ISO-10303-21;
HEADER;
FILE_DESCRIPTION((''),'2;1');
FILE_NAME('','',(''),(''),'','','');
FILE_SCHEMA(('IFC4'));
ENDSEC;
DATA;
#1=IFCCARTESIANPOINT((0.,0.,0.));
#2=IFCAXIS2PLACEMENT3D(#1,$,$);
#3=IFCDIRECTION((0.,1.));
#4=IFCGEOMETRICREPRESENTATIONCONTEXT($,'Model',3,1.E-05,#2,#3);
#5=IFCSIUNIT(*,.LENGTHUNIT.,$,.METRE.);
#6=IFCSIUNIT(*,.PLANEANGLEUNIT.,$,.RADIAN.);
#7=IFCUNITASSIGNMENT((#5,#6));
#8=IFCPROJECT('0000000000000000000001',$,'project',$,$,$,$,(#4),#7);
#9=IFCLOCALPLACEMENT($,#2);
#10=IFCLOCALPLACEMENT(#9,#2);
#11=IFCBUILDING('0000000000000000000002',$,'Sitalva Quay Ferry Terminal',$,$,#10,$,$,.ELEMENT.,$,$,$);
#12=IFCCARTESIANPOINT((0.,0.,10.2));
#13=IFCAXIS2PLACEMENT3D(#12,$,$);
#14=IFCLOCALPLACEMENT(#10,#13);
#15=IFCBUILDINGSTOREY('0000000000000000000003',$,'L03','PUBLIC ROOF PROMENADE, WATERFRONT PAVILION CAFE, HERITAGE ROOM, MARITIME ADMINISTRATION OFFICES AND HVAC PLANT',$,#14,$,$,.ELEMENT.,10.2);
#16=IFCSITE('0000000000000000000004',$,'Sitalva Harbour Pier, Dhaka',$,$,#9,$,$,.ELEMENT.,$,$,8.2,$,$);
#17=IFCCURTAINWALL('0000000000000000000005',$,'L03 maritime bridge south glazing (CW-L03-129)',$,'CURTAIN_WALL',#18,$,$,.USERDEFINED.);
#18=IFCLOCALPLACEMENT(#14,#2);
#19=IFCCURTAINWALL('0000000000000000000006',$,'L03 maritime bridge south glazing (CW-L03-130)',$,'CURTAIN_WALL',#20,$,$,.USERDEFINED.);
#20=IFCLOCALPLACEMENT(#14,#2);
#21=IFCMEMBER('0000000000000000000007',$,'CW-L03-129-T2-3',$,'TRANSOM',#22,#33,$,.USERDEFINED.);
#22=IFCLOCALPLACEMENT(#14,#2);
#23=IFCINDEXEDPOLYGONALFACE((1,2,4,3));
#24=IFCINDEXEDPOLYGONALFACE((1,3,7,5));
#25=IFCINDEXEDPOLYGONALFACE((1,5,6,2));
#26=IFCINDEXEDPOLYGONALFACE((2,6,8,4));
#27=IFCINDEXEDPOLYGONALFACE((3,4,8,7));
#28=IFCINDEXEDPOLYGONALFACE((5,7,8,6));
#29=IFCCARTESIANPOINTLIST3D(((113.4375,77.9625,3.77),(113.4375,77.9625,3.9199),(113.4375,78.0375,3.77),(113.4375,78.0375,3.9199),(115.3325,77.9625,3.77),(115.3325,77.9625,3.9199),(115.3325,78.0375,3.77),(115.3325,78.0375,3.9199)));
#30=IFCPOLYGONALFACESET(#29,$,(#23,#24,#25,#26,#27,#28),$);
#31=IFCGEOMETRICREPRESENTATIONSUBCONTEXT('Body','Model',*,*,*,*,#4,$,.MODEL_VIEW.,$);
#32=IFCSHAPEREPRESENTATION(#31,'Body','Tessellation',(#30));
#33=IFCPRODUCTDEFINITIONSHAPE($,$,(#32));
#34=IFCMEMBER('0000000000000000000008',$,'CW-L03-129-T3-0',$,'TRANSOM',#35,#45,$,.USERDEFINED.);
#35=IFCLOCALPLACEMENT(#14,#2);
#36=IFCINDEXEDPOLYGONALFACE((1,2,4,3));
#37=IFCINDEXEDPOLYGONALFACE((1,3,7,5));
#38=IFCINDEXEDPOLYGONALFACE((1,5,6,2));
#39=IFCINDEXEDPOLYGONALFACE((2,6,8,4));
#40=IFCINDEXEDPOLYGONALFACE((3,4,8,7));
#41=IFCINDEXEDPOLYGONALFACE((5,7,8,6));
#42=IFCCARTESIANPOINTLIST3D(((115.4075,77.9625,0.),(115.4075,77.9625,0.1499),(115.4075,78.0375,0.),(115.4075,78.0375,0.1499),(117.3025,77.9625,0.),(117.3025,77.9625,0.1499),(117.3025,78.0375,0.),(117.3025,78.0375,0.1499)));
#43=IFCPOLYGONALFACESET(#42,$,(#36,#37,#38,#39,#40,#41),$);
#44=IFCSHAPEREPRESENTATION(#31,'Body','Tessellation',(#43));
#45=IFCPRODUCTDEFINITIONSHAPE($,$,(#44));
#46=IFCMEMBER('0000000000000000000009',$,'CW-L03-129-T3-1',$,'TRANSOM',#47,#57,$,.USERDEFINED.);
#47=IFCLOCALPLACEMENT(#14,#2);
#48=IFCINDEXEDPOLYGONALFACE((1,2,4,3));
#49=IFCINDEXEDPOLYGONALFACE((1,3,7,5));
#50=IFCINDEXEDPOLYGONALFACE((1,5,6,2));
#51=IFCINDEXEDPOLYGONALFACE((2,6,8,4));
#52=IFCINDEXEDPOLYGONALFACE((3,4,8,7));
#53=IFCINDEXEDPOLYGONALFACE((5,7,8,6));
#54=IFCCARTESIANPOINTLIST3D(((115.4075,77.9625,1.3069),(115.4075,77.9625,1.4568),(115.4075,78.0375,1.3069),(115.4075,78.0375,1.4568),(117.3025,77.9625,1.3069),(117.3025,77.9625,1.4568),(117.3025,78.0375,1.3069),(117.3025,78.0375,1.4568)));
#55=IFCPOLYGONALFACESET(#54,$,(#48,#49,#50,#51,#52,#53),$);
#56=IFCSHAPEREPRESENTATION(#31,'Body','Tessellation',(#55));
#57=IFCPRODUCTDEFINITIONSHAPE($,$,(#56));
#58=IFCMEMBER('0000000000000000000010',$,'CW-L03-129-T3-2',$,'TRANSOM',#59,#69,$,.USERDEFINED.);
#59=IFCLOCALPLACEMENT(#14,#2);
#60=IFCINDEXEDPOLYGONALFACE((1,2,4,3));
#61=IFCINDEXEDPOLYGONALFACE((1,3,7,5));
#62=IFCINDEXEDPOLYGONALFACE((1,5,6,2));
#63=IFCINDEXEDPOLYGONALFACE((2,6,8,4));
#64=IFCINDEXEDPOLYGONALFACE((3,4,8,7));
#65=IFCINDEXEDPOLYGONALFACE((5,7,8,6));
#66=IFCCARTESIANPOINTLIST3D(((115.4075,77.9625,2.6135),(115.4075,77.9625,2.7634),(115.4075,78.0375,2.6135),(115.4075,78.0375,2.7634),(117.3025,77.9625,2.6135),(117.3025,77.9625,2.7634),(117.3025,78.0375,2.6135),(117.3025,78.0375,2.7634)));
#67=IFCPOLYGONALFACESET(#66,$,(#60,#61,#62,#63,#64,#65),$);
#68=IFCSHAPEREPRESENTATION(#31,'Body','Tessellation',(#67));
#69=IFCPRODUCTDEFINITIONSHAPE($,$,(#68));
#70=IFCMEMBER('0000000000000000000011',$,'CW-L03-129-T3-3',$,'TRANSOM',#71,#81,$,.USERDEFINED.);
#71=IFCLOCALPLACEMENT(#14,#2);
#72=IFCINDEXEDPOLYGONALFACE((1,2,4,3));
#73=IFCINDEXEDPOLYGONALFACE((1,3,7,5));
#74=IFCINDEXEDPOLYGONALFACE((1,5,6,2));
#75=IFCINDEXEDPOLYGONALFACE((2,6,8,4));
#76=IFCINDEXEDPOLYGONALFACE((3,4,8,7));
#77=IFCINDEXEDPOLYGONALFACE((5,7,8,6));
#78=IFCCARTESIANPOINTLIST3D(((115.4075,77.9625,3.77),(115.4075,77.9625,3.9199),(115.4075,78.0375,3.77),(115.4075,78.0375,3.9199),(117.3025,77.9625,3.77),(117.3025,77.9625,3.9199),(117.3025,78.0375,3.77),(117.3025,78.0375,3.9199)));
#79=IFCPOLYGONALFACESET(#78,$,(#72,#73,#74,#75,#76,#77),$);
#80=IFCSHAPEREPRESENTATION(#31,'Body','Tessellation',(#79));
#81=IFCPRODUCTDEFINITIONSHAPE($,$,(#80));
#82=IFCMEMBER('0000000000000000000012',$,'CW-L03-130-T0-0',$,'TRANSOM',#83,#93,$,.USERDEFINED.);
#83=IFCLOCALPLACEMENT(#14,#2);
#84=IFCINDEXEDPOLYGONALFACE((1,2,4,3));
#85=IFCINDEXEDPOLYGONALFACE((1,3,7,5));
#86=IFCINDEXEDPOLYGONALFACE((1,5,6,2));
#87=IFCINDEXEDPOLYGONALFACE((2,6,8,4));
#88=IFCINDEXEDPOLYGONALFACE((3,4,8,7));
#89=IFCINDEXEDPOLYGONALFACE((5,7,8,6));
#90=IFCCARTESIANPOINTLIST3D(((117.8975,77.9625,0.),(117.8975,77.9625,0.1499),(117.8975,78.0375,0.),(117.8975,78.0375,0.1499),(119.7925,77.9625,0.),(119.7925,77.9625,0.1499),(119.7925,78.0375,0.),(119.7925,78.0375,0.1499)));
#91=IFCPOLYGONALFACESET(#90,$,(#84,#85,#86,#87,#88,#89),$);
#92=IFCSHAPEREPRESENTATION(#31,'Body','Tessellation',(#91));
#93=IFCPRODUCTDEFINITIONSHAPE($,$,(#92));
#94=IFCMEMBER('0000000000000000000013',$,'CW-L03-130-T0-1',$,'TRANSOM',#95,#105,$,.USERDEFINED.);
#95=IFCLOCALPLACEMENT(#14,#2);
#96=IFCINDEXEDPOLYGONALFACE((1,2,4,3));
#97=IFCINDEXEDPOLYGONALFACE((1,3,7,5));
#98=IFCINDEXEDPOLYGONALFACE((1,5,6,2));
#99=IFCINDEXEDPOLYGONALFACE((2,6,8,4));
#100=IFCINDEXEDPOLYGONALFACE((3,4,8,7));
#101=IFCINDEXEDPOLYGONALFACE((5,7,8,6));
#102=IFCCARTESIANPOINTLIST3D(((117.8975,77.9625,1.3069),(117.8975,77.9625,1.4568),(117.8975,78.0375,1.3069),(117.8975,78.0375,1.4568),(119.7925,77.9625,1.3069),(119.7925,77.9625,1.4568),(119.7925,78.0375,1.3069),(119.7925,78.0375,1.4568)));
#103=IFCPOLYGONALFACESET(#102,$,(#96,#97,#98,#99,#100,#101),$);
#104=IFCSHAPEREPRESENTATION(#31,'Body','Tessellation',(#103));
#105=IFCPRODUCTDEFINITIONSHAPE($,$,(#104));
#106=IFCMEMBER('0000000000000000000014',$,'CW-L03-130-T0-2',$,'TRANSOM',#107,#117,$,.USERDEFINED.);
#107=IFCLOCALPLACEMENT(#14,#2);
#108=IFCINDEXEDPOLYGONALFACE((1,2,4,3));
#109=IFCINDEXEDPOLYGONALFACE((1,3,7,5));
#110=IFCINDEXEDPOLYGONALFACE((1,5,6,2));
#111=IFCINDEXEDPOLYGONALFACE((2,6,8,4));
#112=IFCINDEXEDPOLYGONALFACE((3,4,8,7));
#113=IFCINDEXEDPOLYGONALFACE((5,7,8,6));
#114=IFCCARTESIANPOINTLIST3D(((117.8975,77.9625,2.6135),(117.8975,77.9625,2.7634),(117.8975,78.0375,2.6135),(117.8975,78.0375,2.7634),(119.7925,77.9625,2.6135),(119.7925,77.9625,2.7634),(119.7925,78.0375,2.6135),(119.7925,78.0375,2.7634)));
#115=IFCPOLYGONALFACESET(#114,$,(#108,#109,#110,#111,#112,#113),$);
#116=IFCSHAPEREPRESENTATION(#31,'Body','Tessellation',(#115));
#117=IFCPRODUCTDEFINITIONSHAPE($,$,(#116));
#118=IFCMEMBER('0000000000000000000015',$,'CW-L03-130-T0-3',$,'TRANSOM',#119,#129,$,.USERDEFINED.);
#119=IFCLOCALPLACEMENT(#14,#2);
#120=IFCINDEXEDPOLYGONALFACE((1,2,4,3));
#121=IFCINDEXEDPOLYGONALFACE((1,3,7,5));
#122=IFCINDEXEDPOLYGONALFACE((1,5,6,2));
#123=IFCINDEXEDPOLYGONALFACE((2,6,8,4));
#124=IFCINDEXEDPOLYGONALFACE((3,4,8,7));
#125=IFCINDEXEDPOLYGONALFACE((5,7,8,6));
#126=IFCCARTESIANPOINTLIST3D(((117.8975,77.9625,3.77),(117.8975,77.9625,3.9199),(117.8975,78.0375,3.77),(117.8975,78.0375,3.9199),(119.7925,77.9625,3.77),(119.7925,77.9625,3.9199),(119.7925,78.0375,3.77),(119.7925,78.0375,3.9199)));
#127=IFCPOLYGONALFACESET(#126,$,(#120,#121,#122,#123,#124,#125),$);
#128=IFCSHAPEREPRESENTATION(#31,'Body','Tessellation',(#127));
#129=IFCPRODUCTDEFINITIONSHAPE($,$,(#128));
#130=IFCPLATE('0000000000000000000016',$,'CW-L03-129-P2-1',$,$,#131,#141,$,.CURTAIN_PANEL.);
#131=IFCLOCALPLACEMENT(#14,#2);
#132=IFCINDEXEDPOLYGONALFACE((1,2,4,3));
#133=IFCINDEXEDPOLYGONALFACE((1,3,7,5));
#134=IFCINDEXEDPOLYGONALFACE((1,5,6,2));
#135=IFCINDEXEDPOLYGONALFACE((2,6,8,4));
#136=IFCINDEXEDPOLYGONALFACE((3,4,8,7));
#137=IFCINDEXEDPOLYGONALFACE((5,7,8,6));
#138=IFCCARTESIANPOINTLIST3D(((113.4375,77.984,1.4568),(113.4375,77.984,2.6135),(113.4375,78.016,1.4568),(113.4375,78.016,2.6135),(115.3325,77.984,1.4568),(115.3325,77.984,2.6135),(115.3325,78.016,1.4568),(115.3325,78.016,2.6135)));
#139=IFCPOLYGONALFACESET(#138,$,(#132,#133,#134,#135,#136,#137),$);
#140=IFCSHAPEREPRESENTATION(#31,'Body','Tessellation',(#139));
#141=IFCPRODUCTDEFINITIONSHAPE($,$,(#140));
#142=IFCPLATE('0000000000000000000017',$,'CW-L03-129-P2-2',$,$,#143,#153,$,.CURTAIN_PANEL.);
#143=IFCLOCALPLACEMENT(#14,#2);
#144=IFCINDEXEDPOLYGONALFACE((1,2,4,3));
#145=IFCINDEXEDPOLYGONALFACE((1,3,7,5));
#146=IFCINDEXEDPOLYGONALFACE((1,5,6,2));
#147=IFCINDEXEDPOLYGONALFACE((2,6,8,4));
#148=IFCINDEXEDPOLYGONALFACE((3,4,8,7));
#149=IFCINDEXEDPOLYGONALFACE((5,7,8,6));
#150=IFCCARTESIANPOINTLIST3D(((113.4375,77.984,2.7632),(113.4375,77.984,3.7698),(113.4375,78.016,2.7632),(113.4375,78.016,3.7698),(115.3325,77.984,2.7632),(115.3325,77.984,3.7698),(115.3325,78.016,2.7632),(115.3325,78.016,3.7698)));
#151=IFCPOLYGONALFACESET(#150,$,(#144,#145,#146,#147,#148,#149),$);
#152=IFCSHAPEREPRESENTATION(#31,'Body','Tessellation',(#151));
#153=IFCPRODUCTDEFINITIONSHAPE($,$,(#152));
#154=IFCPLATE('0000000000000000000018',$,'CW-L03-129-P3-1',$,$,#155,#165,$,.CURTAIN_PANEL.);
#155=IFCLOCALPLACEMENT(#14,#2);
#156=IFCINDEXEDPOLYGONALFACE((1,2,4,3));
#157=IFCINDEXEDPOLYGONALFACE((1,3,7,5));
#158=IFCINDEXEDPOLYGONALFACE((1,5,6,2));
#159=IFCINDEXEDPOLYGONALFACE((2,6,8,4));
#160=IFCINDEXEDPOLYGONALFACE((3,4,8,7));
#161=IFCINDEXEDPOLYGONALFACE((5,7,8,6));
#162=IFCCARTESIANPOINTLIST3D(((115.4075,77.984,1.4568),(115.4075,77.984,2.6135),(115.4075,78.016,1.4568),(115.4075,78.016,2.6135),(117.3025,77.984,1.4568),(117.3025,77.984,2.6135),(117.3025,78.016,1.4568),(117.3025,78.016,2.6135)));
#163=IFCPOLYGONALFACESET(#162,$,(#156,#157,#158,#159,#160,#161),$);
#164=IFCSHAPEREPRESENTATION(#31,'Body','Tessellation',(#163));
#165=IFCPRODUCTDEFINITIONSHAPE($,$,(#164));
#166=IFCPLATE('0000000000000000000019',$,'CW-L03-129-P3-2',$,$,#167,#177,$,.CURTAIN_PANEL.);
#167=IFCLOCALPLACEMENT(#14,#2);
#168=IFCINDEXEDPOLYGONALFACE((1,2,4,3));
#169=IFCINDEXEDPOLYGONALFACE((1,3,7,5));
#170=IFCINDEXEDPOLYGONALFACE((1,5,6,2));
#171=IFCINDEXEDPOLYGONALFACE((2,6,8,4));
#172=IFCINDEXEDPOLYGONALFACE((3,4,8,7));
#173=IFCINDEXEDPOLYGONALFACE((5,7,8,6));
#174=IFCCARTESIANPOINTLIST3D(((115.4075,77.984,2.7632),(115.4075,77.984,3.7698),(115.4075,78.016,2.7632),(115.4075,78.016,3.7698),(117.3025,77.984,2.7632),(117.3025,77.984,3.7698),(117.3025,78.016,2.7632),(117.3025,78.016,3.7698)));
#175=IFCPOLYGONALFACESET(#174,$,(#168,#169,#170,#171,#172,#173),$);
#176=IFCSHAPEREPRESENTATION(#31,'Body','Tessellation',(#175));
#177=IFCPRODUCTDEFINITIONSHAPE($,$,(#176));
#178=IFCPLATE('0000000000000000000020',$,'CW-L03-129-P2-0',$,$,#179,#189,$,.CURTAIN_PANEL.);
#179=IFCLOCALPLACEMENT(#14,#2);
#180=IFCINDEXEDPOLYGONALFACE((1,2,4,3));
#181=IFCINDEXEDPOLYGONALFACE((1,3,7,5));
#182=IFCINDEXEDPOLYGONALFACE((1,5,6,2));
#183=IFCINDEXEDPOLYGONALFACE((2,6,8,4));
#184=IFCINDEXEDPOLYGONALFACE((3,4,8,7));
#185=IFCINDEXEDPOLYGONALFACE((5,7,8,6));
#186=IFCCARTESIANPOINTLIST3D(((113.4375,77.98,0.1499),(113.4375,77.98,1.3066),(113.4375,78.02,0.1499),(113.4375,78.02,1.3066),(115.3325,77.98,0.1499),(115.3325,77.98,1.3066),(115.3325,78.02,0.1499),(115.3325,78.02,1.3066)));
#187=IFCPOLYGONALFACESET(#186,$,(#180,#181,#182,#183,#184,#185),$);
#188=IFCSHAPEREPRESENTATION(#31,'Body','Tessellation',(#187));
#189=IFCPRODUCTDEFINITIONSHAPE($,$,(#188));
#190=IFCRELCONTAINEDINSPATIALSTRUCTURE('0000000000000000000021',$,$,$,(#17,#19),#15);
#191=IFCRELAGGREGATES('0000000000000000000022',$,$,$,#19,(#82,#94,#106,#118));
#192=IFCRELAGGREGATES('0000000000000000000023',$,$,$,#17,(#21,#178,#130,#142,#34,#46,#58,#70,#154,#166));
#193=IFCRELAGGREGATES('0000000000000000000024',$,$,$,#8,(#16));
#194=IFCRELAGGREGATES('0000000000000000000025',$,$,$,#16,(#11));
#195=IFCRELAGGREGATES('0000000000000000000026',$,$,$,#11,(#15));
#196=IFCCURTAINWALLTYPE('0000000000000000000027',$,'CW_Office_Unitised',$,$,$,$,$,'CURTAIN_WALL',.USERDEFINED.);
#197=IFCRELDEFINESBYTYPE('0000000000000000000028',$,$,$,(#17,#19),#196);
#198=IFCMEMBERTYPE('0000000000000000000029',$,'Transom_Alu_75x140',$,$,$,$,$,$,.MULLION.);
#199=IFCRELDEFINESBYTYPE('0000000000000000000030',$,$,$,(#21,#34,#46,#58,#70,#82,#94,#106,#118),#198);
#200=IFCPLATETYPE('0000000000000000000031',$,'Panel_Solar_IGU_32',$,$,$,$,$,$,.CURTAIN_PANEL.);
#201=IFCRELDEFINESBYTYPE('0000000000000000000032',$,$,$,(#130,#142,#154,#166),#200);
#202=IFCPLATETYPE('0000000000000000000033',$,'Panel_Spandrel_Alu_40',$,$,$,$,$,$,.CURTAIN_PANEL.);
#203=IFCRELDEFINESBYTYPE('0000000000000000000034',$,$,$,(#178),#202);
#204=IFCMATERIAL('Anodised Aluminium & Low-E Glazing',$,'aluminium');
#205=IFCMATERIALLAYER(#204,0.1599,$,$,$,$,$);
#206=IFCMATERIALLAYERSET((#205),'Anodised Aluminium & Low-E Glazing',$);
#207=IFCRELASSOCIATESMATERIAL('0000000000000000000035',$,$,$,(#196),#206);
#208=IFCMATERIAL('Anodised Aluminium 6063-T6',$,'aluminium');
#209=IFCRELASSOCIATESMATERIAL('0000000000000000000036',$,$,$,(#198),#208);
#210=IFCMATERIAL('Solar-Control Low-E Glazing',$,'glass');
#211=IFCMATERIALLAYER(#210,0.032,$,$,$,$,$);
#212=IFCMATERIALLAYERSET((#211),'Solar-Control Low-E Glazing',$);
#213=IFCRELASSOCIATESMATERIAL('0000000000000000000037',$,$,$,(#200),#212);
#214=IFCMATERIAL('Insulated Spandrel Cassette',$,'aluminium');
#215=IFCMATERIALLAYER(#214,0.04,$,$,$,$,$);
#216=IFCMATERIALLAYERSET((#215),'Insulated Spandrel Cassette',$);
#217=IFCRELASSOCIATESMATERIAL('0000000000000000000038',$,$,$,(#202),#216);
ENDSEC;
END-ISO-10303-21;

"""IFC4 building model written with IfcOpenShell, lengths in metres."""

from ifc_helpers import new_model, si_unit, direction, frame, origin, origin_2d, place, context, subcontext, project, spatial, rectangle, extrude, material, layer, layer_set, material_profile, profile_set, type_object, element, aggregate, save


model = new_model("IFC4")

# Units and contexts
model_context = context("Model", 3, precision=1e-05, world=origin(), true_north=direction((0.0, 1.0)))
body_context = subcontext(model_context, "Body", "Model", "MODEL_VIEW")
ifc_project = project(units=[si_unit("LENGTHUNIT", "METRE"), si_unit("PLANEANGLEUNIT", "RADIAN")], contexts=[model_context])

# Site, building, storey
site_placement = place(None, origin())
site = spatial("IfcSite", under=ifc_project, at=site_placement, Name="Sitalva Harbour Pier, Dhaka", CompositionType="ELEMENT", RefElevation=8.2)
building_placement = place(site_placement, origin())
building = spatial("IfcBuilding", under=site, at=building_placement, Name="Sitalva Quay Ferry Terminal", CompositionType="ELEMENT")
storey_placement = place(building_placement, frame((0.0, 0.0, 10.2)))
storey = spatial("IfcBuildingStorey", under=building, at=storey_placement, Name="L03", Description="PUBLIC ROOF PROMENADE, WATERFRONT PAVILION CAFE, HERITAGE ROOM, MARITIME ADMINISTRATION OFFICES AND HVAC PLANT", CompositionType="ELEMENT", Elevation=10.2)

# Curtain wall
ifc_material_1 = material(Name="Anodised Aluminium & Low-E Glazing", Category="aluminium")
ifc_layer_1 = layer(ifc_material_1, 0.1599)
ifc_layer_set_1 = layer_set([ifc_layer_1], Name="Anodised Aluminium & Low-E Glazing")
curtain_wall_type = type_object("IfcCurtainWallType", Name="CW_Office_Unitised", ElementType="CURTAIN_WALL", PredefinedType="USERDEFINED", material=ifc_layer_set_1)
curtain_wall_1_placement = place(storey_placement, origin())
curtain_wall_1 = element("IfcCurtainWall", 1, at=curtain_wall_1_placement, inside=storey, type_object=curtain_wall_type, Name="L03 maritime bridge south glazing (CW-L03-129)", ObjectType="CURTAIN_WALL", PredefinedType="USERDEFINED")

# Curtain wall
curtain_wall_2_placement = place(storey_placement, origin())
curtain_wall_2 = element("IfcCurtainWall", 2, at=curtain_wall_2_placement, inside=storey, type_object=curtain_wall_type, Name="L03 maritime bridge south glazing (CW-L03-130)", ObjectType="CURTAIN_WALL", PredefinedType="USERDEFINED")

# Members
ifc_material_2 = material(Name="Anodised Aluminium 6063-T6", Category="aluminium")
ifc_material_profile_1 = material_profile(ifc_material_2, rectangle(XDim=0.075, YDim=0.1499, at=origin_2d()), Name="ALU75x150")
ifc_profile_set_1 = profile_set([ifc_material_profile_1], Name="Anodised Aluminium 6063-T6")
member_type_1 = type_object("IfcMemberType", Name="Transom_Alu_75x140", PredefinedType="MULLION", material=ifc_profile_set_1)
member_1_placement = place(storey_placement, frame((113.4375, 78.0, 3.845), z_axis=(1.0, 0.0, 0.0), x_axis=(0.0, 1.0, 0.0)))
member_1 = element("IfcMember", 3, at=member_1_placement, type_object=member_type_1, Name="CW-L03-129-T2-3", ObjectType="TRANSOM", PredefinedType="USERDEFINED", context=body_context, shape_type="SweptSolid", body=[
    extrude(rectangle(XDim=0.075, YDim=0.1499, at=origin_2d()), origin(), (0.0, 0.0, 1.0), 1.895),
])
member_2_placement = place(storey_placement, frame((115.4075, 78.0, 0.075), z_axis=(1.0, 0.0, 0.0), x_axis=(0.0, 1.0, 0.0)))
member_2 = element("IfcMember", 4, at=member_2_placement, type_object=member_type_1, Name="CW-L03-129-T3-0", ObjectType="TRANSOM", PredefinedType="USERDEFINED", context=body_context, shape_type="SweptSolid", body=[
    extrude(rectangle(XDim=0.075, YDim=0.1499, at=origin_2d()), origin(), (0.0, 0.0, 1.0), 1.895),
])
member_3_placement = place(storey_placement, frame((115.4075, 78.0, 1.3818), z_axis=(1.0, 0.0, 0.0), x_axis=(0.0, 1.0, 0.0)))
member_3 = element("IfcMember", 5, at=member_3_placement, type_object=member_type_1, Name="CW-L03-129-T3-1", ObjectType="TRANSOM", PredefinedType="USERDEFINED", context=body_context, shape_type="SweptSolid", body=[
    extrude(rectangle(XDim=0.075, YDim=0.1499, at=origin_2d()), origin(), (0.0, 0.0, 1.0), 1.895),
])
member_4_placement = place(storey_placement, frame((115.4075, 78.0, 2.6885), z_axis=(1.0, 0.0, 0.0), x_axis=(0.0, 1.0, 0.0)))
member_4 = element("IfcMember", 6, at=member_4_placement, type_object=member_type_1, Name="CW-L03-129-T3-2", ObjectType="TRANSOM", PredefinedType="USERDEFINED", context=body_context, shape_type="SweptSolid", body=[
    extrude(rectangle(XDim=0.075, YDim=0.1499, at=origin_2d()), origin(), (0.0, 0.0, 1.0), 1.895),
])
member_5_placement = place(storey_placement, frame((115.4075, 78.0, 3.845), z_axis=(1.0, 0.0, 0.0), x_axis=(0.0, 1.0, 0.0)))
member_5 = element("IfcMember", 7, at=member_5_placement, type_object=member_type_1, Name="CW-L03-129-T3-3", ObjectType="TRANSOM", PredefinedType="USERDEFINED", context=body_context, shape_type="SweptSolid", body=[
    extrude(rectangle(XDim=0.075, YDim=0.1499, at=origin_2d()), origin(), (0.0, 0.0, 1.0), 1.895),
])
member_6_placement = place(storey_placement, frame((117.8975, 78.0, 0.075), z_axis=(1.0, 0.0, 0.0), x_axis=(0.0, 1.0, 0.0)))
member_6 = element("IfcMember", 8, at=member_6_placement, type_object=member_type_1, Name="CW-L03-130-T0-0", ObjectType="TRANSOM", PredefinedType="USERDEFINED", context=body_context, shape_type="SweptSolid", body=[
    extrude(rectangle(XDim=0.075, YDim=0.1499, at=origin_2d()), origin(), (0.0, 0.0, 1.0), 1.895),
])
member_7_placement = place(storey_placement, frame((117.8975, 78.0, 1.3818), z_axis=(1.0, 0.0, 0.0), x_axis=(0.0, 1.0, 0.0)))
member_7 = element("IfcMember", 9, at=member_7_placement, type_object=member_type_1, Name="CW-L03-130-T0-1", ObjectType="TRANSOM", PredefinedType="USERDEFINED", context=body_context, shape_type="SweptSolid", body=[
    extrude(rectangle(XDim=0.075, YDim=0.1499, at=origin_2d()), origin(), (0.0, 0.0, 1.0), 1.895),
])
member_8_placement = place(storey_placement, frame((117.8975, 78.0, 2.6885), z_axis=(1.0, 0.0, 0.0), x_axis=(0.0, 1.0, 0.0)))
member_8 = element("IfcMember", 10, at=member_8_placement, type_object=member_type_1, Name="CW-L03-130-T0-2", ObjectType="TRANSOM", PredefinedType="USERDEFINED", context=body_context, shape_type="SweptSolid", body=[
    extrude(rectangle(XDim=0.075, YDim=0.1499, at=origin_2d()), origin(), (0.0, 0.0, 1.0), 1.895),
])
member_9_placement = place(storey_placement, frame((117.8975, 78.0, 3.845), z_axis=(1.0, 0.0, 0.0), x_axis=(0.0, 1.0, 0.0)))
member_9 = element("IfcMember", 11, at=member_9_placement, type_object=member_type_1, Name="CW-L03-130-T0-3", ObjectType="TRANSOM", PredefinedType="USERDEFINED", context=body_context, shape_type="SweptSolid", body=[
    extrude(rectangle(XDim=0.075, YDim=0.1499, at=origin_2d()), origin(), (0.0, 0.0, 1.0), 1.895),
])
aggregate(curtain_wall_2, [member_6, member_7, member_8, member_9])

# Plates
ifc_material_3 = material(Name="Solar-Control Low-E Glazing", Category="glass")
ifc_layer_2 = layer(ifc_material_3, 0.032)
ifc_layer_set_2 = layer_set([ifc_layer_2], Name="Solar-Control Low-E Glazing")
plate_type_1 = type_object("IfcPlateType", Name="Panel_Solar_IGU_32", PredefinedType="CURTAIN_PANEL", material=ifc_layer_set_2)
plate_1_placement = place(storey_placement, frame((114.385, 78.0, 1.4568), z_axis=(0.0, 0.0, 1.0), x_axis=(1.0, 0.0, 0.0)))
plate_1 = element("IfcPlate", 12, at=plate_1_placement, type_object=plate_type_1, Name="CW-L03-129-P2-1", PredefinedType="CURTAIN_PANEL", context=body_context, shape_type="SweptSolid", body=[
    extrude(rectangle(XDim=1.895, YDim=0.032, at=origin_2d()), origin(), (0.0, 0.0, 1.0), 1.1567),
])
plate_2_placement = place(storey_placement, frame((114.385, 78.0, 2.7632), z_axis=(0.0, 0.0, 1.0), x_axis=(1.0, 0.0, 0.0)))
plate_2 = element("IfcPlate", 13, at=plate_2_placement, type_object=plate_type_1, Name="CW-L03-129-P2-2", PredefinedType="CURTAIN_PANEL", context=body_context, shape_type="SweptSolid", body=[
    extrude(rectangle(XDim=1.895, YDim=0.032, at=origin_2d()), origin(), (0.0, 0.0, 1.0), 1.0066),
])
plate_3_placement = place(storey_placement, frame((116.355, 78.0, 1.4568), z_axis=(0.0, 0.0, 1.0), x_axis=(1.0, 0.0, 0.0)))
plate_3 = element("IfcPlate", 14, at=plate_3_placement, type_object=plate_type_1, Name="CW-L03-129-P3-1", PredefinedType="CURTAIN_PANEL", context=body_context, shape_type="SweptSolid", body=[
    extrude(rectangle(XDim=1.895, YDim=0.032, at=origin_2d()), origin(), (0.0, 0.0, 1.0), 1.1567),
])
plate_4_placement = place(storey_placement, frame((116.355, 78.0, 2.7632), z_axis=(0.0, 0.0, 1.0), x_axis=(1.0, 0.0, 0.0)))
plate_4 = element("IfcPlate", 15, at=plate_4_placement, type_object=plate_type_1, Name="CW-L03-129-P3-2", PredefinedType="CURTAIN_PANEL", context=body_context, shape_type="SweptSolid", body=[
    extrude(rectangle(XDim=1.895, YDim=0.032, at=origin_2d()), origin(), (0.0, 0.0, 1.0), 1.0066),
])
ifc_material_4 = material(Name="Insulated Spandrel Cassette", Category="aluminium")
ifc_layer_3 = layer(ifc_material_4, 0.04)
ifc_layer_set_3 = layer_set([ifc_layer_3], Name="Insulated Spandrel Cassette")
plate_type_2 = type_object("IfcPlateType", Name="Panel_Spandrel_Alu_40", PredefinedType="CURTAIN_PANEL", material=ifc_layer_set_3)
plate_5_placement = place(storey_placement, frame((114.385, 78.0, 0.1499), z_axis=(0.0, 0.0, 1.0), x_axis=(1.0, 0.0, 0.0)))
plate_5 = element("IfcPlate", 16, at=plate_5_placement, type_object=plate_type_2, Name="CW-L03-129-P2-0", PredefinedType="CURTAIN_PANEL", context=body_context, shape_type="SweptSolid", body=[
    extrude(rectangle(XDim=1.895, YDim=0.04, at=origin_2d()), origin(), (0.0, 0.0, 1.0), 1.1567),
])
aggregate(curtain_wall_1, [member_1, plate_5, plate_1, plate_2, member_2, member_3, member_4, member_5, plate_3, plate_4])

save(model, "model.ifc")
